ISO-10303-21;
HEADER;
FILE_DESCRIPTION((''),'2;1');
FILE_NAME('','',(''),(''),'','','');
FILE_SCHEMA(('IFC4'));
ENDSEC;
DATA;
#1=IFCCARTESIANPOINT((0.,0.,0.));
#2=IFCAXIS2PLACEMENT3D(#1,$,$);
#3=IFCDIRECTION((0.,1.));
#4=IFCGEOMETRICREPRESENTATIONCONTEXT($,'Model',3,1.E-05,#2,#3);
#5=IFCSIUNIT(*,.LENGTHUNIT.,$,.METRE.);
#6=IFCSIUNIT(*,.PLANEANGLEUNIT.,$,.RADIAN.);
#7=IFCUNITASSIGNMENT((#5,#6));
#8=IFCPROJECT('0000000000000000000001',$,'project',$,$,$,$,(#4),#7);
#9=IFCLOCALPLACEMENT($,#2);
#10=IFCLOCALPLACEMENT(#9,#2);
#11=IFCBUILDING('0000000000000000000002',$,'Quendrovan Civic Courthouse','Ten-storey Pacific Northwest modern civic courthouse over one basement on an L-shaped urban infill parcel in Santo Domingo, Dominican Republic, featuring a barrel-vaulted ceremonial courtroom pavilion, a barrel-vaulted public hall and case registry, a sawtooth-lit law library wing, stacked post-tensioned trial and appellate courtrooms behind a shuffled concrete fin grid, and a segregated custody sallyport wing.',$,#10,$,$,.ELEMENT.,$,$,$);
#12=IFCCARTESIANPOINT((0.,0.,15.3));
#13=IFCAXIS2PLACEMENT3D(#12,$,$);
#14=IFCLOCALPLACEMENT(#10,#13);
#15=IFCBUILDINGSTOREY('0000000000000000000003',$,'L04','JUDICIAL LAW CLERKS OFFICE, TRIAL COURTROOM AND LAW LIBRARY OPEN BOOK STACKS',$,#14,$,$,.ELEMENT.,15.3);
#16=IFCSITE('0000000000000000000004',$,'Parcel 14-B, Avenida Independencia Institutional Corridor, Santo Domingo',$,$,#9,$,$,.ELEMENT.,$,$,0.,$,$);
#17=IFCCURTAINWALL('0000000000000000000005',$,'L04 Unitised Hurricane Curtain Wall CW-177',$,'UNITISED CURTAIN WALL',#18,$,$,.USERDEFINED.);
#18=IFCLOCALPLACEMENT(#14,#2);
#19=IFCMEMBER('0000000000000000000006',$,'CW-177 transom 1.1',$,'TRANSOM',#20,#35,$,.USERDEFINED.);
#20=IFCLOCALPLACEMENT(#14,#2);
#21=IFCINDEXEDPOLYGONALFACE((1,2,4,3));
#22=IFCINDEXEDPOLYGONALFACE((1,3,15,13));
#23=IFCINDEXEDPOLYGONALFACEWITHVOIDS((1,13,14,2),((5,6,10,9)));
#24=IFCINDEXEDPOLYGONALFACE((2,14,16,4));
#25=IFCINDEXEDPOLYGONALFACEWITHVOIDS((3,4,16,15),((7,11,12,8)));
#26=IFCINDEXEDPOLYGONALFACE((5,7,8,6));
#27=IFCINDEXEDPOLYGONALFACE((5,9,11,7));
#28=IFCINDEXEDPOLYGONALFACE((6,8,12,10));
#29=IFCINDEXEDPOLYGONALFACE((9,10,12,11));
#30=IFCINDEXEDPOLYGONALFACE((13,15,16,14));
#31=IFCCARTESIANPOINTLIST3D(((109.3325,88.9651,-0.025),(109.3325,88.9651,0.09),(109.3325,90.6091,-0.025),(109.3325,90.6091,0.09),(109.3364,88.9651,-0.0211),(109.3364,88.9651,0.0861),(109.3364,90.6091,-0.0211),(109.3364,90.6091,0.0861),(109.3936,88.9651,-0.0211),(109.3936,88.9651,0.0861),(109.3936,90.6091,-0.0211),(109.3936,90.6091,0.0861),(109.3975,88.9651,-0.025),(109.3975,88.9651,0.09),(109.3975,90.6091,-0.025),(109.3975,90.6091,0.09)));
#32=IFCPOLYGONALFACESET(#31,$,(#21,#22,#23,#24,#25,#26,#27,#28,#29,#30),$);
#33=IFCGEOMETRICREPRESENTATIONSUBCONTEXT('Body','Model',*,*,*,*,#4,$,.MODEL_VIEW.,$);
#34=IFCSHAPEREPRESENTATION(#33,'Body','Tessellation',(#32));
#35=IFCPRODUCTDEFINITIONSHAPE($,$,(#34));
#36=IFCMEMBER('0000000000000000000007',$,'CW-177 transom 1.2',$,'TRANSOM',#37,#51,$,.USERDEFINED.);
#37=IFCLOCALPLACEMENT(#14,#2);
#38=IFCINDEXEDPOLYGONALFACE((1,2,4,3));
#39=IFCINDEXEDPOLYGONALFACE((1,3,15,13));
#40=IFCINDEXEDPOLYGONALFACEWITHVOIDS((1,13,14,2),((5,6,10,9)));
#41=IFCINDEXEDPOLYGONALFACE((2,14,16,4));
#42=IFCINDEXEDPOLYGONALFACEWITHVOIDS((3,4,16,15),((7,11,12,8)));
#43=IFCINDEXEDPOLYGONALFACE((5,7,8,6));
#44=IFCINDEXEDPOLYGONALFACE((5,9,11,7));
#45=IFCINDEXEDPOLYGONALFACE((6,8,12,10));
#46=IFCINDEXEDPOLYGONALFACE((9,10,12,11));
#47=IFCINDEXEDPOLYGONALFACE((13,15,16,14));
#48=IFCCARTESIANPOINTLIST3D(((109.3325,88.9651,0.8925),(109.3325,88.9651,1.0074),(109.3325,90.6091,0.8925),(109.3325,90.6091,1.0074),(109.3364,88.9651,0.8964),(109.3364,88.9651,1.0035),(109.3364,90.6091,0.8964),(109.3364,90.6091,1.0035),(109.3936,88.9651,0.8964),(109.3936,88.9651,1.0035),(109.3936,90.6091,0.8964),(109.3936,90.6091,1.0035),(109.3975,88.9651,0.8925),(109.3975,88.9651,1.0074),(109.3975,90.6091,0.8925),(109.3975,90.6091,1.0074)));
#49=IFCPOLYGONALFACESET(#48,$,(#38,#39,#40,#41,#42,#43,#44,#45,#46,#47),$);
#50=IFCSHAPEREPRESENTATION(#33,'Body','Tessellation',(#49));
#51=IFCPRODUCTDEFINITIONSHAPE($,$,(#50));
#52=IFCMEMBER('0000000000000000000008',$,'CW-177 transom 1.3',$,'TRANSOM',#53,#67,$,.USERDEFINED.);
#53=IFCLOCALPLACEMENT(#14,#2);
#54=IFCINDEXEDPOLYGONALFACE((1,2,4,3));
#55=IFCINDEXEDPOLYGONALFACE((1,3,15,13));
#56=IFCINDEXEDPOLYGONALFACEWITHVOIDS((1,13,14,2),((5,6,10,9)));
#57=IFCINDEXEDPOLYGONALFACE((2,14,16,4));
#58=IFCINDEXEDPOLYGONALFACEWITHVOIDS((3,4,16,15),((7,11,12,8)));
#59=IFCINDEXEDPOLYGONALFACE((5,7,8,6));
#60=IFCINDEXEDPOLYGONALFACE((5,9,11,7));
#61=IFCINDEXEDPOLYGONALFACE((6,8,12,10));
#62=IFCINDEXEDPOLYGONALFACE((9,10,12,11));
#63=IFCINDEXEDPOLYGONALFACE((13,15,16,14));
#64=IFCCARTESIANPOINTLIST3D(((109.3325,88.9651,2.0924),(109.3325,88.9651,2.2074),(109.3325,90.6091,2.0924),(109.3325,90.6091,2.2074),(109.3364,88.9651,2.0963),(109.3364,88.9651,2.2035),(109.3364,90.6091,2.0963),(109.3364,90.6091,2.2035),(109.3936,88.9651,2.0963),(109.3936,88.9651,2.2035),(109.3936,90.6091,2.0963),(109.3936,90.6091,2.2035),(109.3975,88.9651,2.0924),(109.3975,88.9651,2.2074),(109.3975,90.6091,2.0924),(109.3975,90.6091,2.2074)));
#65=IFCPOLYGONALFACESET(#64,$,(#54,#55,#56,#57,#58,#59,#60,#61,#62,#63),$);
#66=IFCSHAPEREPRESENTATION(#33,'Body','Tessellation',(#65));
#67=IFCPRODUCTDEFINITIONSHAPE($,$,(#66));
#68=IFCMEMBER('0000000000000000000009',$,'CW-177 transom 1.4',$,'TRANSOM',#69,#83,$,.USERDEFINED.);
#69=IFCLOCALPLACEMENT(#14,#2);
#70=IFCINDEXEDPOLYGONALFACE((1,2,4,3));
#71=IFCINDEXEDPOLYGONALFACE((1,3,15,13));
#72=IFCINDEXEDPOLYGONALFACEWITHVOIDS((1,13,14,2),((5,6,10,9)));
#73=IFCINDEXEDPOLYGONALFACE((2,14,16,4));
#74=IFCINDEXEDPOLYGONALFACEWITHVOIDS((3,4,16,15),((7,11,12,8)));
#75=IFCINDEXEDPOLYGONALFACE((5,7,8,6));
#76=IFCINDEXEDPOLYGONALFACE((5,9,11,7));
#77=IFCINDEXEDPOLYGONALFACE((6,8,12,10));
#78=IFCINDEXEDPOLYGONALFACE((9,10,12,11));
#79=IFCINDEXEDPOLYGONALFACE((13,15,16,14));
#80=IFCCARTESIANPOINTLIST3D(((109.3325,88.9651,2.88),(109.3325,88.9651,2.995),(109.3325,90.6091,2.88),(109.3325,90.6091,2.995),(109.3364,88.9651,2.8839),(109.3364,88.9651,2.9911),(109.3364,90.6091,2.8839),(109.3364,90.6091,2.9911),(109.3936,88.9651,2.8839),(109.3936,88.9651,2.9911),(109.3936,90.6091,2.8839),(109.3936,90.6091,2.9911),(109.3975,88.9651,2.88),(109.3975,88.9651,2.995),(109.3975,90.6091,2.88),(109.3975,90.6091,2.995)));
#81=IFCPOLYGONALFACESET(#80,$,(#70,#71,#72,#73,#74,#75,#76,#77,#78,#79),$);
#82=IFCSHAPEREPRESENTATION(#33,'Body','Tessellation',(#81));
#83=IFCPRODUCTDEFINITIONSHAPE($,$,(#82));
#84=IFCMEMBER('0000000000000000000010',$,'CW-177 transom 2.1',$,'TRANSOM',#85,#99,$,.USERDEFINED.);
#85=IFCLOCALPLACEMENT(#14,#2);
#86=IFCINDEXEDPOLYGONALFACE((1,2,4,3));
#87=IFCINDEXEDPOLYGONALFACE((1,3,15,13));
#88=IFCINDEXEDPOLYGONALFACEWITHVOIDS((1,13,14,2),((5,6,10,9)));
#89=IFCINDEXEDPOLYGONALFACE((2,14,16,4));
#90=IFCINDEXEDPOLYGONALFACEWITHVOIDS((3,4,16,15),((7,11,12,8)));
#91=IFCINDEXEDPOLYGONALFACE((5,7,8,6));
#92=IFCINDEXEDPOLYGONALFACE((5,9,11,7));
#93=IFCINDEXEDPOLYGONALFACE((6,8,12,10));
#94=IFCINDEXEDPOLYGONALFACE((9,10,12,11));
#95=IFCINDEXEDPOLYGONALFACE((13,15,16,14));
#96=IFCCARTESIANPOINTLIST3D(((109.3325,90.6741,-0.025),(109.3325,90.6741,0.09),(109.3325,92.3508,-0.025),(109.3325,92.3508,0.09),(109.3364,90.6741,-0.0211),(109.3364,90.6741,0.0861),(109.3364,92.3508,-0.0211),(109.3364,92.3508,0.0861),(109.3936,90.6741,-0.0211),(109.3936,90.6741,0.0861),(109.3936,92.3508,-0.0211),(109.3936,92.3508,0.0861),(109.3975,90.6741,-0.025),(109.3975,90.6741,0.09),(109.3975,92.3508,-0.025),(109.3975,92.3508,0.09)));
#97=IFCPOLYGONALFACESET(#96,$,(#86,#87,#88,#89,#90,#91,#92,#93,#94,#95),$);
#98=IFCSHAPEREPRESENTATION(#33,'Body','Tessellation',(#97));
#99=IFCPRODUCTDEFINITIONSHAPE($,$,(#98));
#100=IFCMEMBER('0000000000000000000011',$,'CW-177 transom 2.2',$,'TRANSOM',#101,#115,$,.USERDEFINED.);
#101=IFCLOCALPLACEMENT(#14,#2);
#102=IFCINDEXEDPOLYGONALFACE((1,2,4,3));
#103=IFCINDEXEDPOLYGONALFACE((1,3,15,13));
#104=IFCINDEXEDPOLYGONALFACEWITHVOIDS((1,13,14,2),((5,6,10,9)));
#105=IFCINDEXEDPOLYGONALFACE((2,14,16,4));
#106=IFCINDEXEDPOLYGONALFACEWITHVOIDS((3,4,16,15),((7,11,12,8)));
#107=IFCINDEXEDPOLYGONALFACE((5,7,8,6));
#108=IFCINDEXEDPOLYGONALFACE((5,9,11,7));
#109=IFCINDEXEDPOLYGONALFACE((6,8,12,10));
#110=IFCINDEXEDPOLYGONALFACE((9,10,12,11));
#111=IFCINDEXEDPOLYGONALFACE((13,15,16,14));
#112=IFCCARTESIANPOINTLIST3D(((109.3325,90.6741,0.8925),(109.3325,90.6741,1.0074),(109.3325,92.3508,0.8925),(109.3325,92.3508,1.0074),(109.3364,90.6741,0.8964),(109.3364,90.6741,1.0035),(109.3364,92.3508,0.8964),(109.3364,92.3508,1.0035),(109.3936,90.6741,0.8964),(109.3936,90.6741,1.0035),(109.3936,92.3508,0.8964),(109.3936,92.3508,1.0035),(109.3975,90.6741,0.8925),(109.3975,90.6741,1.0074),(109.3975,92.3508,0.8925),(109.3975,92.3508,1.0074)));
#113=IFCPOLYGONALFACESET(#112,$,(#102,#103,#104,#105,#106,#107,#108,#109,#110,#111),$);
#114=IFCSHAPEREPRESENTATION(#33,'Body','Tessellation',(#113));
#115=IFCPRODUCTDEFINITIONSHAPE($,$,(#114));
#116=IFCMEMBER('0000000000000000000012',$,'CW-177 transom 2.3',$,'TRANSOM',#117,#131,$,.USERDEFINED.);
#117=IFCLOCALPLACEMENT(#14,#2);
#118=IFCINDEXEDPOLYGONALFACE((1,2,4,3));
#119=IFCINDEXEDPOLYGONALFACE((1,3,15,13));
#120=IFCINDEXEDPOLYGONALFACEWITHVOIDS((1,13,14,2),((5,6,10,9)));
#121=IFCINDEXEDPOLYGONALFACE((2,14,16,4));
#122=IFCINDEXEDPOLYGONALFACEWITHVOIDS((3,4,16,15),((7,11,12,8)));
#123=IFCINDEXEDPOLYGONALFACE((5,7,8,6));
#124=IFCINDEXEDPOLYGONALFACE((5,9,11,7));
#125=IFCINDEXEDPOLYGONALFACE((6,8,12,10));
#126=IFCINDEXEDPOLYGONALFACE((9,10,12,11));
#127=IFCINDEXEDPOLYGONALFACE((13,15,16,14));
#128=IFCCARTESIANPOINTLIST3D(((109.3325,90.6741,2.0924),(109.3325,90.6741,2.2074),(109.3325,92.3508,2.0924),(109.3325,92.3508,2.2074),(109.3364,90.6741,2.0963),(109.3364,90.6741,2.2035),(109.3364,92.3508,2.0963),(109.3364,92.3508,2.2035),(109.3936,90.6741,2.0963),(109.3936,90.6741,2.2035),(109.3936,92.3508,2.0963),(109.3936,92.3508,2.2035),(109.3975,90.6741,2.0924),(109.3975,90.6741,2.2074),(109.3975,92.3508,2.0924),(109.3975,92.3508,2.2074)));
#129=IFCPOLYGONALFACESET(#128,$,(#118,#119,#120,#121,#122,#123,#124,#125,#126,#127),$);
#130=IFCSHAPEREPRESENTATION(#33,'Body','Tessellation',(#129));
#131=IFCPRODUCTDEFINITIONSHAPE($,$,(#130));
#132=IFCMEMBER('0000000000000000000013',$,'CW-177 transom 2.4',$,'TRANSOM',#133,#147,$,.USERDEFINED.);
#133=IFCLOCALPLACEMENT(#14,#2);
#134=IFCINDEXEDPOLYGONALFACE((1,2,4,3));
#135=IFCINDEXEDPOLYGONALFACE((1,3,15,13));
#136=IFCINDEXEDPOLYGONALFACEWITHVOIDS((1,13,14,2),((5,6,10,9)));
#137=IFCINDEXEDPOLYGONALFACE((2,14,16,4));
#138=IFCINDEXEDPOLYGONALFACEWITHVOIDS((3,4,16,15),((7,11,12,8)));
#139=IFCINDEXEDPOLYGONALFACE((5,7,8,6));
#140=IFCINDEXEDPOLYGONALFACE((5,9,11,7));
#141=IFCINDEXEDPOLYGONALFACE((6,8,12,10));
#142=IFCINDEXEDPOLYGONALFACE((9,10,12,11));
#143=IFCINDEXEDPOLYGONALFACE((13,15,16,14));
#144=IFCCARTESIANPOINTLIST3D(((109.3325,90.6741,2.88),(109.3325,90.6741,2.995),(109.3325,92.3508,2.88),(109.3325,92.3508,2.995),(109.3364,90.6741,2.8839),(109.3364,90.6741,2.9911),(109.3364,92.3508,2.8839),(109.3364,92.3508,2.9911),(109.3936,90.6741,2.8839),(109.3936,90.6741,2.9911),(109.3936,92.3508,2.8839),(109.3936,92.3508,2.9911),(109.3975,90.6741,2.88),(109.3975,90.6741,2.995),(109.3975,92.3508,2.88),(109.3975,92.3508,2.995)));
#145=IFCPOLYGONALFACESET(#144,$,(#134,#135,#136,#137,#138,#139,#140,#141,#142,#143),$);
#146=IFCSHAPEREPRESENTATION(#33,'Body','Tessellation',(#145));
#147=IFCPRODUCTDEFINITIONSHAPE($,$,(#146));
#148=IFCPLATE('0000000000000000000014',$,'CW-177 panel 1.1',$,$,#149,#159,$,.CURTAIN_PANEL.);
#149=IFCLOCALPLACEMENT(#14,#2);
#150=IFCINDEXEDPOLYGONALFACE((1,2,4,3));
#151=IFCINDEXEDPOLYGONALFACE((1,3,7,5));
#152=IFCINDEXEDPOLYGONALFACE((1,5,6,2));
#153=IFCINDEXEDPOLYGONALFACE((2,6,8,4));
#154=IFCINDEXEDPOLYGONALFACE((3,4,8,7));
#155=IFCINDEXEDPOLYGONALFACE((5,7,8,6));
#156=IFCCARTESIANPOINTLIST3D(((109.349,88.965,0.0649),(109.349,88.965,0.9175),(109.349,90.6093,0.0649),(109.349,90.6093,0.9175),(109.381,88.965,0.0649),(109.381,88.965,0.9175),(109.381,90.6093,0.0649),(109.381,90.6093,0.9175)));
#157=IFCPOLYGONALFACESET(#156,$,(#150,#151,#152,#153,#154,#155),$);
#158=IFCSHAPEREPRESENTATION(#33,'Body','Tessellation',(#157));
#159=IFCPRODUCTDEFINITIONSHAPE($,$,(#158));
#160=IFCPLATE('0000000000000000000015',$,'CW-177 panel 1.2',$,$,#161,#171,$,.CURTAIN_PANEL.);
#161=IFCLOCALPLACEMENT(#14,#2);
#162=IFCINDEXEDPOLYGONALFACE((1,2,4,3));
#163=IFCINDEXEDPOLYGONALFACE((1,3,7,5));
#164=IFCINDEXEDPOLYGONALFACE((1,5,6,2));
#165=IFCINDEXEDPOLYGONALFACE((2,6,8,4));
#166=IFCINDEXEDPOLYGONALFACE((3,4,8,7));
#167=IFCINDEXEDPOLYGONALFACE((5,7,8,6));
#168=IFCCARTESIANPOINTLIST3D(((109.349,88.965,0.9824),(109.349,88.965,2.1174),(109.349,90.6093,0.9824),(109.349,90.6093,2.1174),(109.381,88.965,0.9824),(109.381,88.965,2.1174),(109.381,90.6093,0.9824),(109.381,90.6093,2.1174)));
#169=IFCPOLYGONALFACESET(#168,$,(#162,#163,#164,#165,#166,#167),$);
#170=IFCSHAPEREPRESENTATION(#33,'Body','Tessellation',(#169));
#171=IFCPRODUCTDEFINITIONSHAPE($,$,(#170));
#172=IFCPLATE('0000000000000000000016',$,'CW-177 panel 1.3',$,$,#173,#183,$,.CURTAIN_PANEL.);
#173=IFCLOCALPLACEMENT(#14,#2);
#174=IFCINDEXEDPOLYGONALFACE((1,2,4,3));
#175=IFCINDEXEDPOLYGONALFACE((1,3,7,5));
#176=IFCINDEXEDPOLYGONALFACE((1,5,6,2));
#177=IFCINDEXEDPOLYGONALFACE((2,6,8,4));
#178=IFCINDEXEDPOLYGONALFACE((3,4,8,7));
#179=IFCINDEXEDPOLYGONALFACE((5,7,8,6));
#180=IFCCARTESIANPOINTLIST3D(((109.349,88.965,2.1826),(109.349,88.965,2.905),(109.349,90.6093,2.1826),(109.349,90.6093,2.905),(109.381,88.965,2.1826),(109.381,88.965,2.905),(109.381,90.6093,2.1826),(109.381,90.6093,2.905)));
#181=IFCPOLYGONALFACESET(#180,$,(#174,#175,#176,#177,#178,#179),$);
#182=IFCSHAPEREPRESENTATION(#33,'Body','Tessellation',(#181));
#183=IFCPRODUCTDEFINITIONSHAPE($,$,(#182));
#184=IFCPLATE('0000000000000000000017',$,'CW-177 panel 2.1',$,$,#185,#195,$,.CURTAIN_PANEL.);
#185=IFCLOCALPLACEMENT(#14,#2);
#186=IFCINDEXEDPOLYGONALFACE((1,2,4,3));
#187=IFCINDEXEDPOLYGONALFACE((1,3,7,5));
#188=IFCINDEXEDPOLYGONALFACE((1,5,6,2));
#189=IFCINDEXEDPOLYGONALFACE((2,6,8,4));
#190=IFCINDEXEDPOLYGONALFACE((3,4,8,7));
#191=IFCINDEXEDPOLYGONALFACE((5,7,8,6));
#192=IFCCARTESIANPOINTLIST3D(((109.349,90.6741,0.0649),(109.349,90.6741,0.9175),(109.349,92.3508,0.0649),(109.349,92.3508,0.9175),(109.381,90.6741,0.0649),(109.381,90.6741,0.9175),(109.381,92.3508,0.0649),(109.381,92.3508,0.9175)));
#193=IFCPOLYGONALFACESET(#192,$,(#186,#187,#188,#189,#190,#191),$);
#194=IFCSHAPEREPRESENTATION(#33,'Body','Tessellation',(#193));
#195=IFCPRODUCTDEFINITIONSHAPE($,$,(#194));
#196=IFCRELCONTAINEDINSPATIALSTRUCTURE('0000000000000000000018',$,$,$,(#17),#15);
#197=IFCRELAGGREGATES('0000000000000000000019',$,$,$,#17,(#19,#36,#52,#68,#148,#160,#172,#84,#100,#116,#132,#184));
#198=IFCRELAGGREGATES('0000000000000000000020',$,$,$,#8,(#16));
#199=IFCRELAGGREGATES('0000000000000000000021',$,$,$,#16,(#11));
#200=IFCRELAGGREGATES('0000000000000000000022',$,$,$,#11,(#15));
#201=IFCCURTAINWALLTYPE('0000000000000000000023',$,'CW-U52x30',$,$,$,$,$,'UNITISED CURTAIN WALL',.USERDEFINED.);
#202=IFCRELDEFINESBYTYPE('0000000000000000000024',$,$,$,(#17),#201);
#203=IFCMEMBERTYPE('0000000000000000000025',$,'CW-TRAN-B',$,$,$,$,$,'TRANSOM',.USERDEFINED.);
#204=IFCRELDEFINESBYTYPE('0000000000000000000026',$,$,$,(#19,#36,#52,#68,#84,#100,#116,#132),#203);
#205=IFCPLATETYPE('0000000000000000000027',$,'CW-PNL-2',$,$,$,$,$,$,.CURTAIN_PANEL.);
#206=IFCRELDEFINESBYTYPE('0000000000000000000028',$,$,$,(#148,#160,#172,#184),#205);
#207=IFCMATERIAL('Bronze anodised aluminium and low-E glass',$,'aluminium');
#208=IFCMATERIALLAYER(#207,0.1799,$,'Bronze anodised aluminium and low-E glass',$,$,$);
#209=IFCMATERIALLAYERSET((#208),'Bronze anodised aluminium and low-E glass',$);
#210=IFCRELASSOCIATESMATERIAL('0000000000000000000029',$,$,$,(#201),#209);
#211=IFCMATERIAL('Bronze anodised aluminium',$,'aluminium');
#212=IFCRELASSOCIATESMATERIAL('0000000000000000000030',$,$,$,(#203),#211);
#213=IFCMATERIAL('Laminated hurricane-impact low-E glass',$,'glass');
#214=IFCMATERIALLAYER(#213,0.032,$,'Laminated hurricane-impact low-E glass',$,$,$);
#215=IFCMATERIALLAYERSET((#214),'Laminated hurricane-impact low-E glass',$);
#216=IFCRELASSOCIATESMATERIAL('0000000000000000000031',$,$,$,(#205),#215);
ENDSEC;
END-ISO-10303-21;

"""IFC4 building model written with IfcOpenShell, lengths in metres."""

from ifc_helpers import new_model, si_unit, direction, frame, origin, origin_2d, place, context, subcontext, project, spatial, rectangle, hollow_rectangle, extrude, material, layer, layer_set, material_profile, profile_set, type_object, element, aggregate, save


model = new_model("IFC4")

# Units and contexts
model_context = context("Model", 3, precision=1e-05, world=origin(), true_north=direction((0.0, 1.0)))
body_context = subcontext(model_context, "Body", "Model", "MODEL_VIEW")
ifc_project = project(units=[si_unit("LENGTHUNIT", "METRE"), si_unit("PLANEANGLEUNIT", "RADIAN")], contexts=[model_context])

# Site, building, storey
site_placement = place(None, origin())
site = spatial("IfcSite", under=ifc_project, at=site_placement, Name="Parcel 14-B, Avenida Independencia Institutional Corridor, Santo Domingo", CompositionType="ELEMENT", RefElevation=0.0)
building_placement = place(site_placement, origin())
building = spatial("IfcBuilding", under=site, at=building_placement, Name="Quendrovan Civic Courthouse", Description="Ten-storey Pacific Northwest modern civic courthouse over one basement on an L-shaped urban infill parcel in Santo Domingo, Dominican Republic, featuring a barrel-vaulted ceremonial courtroom pavilion, a barrel-vaulted public hall and case registry, a sawtooth-lit law library wing, stacked post-tensioned trial and appellate courtrooms behind a shuffled concrete fin grid, and a segregated custody sallyport wing.", CompositionType="ELEMENT")
storey_placement = place(building_placement, frame((0.0, 0.0, 15.3)))
storey = spatial("IfcBuildingStorey", under=building, at=storey_placement, Name="L04", Description="JUDICIAL LAW CLERKS OFFICE, TRIAL COURTROOM AND LAW LIBRARY OPEN BOOK STACKS", CompositionType="ELEMENT", Elevation=15.3)

# Curtain wall, members, plates
ifc_material_1 = material(Name="Bronze anodised aluminium and low-E glass", Category="aluminium")
ifc_layer_1 = layer(ifc_material_1, 0.1799, Name="Bronze anodised aluminium and low-E glass")
ifc_layer_set_1 = layer_set([ifc_layer_1], Name="Bronze anodised aluminium and low-E glass")
curtain_wall_type = type_object("IfcCurtainWallType", Name="CW-U52x30", ElementType="UNITISED CURTAIN WALL", PredefinedType="USERDEFINED", material=ifc_layer_set_1)
curtain_wall_placement = place(storey_placement, origin())
curtain_wall = element("IfcCurtainWall", 1, at=curtain_wall_placement, inside=storey, type_object=curtain_wall_type, Name="L04 Unitised Hurricane Curtain Wall CW-177", ObjectType="UNITISED CURTAIN WALL", PredefinedType="USERDEFINED")
ifc_material_2 = material(Name="Bronze anodised aluminium", Category="aluminium")
ifc_material_profile_1 = material_profile(ifc_material_2, hollow_rectangle(XDim=0.0649, YDim=0.115, WallThickness=0.0039, at=origin_2d()), Name="CW-TRAN-65x115")
ifc_profile_set_1 = profile_set([ifc_material_profile_1], Name="Bronze anodised aluminium")
member_type_1 = type_object("IfcMemberType", Name="CW-TRAN-B", ElementType="TRANSOM", PredefinedType="USERDEFINED", material=ifc_profile_set_1)
member_1_placement = place(storey_placement, frame((109.365, 88.9651, 0.0325), z_axis=(0.0, 1.0, 0.0), x_axis=(-1.0, 0.0, 0.0)))
member_1 = element("IfcMember", 2, at=member_1_placement, type_object=member_type_1, Name="CW-177 transom 1.1", ObjectType="TRANSOM", PredefinedType="USERDEFINED", context=body_context, shape_type="SweptSolid", body=[
    extrude(hollow_rectangle(XDim=0.0649, YDim=0.115, WallThickness=0.0039, at=origin_2d()), origin(), (0.0, 0.0, 1.0), 1.644),
])
member_2_placement = place(storey_placement, frame((109.365, 88.9651, 0.95), z_axis=(0.0, 1.0, 0.0), x_axis=(-1.0, 0.0, 0.0)))
member_2 = element("IfcMember", 3, at=member_2_placement, type_object=member_type_1, Name="CW-177 transom 1.2", ObjectType="TRANSOM", PredefinedType="USERDEFINED", context=body_context, shape_type="SweptSolid", body=[
    extrude(hollow_rectangle(XDim=0.0649, YDim=0.115, WallThickness=0.0039, at=origin_2d()), origin(), (0.0, 0.0, 1.0), 1.644),
])
member_3_placement = place(storey_placement, frame((109.365, 88.9651, 2.1499), z_axis=(0.0, 1.0, 0.0), x_axis=(-1.0, 0.0, 0.0)))
member_3 = element("IfcMember", 4, at=member_3_placement, type_object=member_type_1, Name="CW-177 transom 1.3", ObjectType="TRANSOM", PredefinedType="USERDEFINED", context=body_context, shape_type="SweptSolid", body=[
    extrude(hollow_rectangle(XDim=0.0649, YDim=0.115, WallThickness=0.0039, at=origin_2d()), origin(), (0.0, 0.0, 1.0), 1.644),
])
member_4_placement = place(storey_placement, frame((109.365, 88.9651, 2.9375), z_axis=(0.0, 1.0, 0.0), x_axis=(-1.0, 0.0, 0.0)))
member_4 = element("IfcMember", 5, at=member_4_placement, type_object=member_type_1, Name="CW-177 transom 1.4", ObjectType="TRANSOM", PredefinedType="USERDEFINED", context=body_context, shape_type="SweptSolid", body=[
    extrude(hollow_rectangle(XDim=0.0649, YDim=0.115, WallThickness=0.0039, at=origin_2d()), origin(), (0.0, 0.0, 1.0), 1.644),
])
member_5_placement = place(storey_placement, frame((109.365, 90.6741, 0.0325), z_axis=(0.0, 1.0, 0.0), x_axis=(-1.0, 0.0, 0.0)))
member_5 = element("IfcMember", 6, at=member_5_placement, type_object=member_type_1, Name="CW-177 transom 2.1", ObjectType="TRANSOM", PredefinedType="USERDEFINED", context=body_context, shape_type="SweptSolid", body=[
    extrude(hollow_rectangle(XDim=0.0649, YDim=0.115, WallThickness=0.0039, at=origin_2d()), origin(), (0.0, 0.0, 1.0), 1.6768),
])
member_6_placement = place(storey_placement, frame((109.365, 90.6741, 0.95), z_axis=(0.0, 1.0, 0.0), x_axis=(-1.0, 0.0, 0.0)))
member_6 = element("IfcMember", 7, at=member_6_placement, type_object=member_type_1, Name="CW-177 transom 2.2", ObjectType="TRANSOM", PredefinedType="USERDEFINED", context=body_context, shape_type="SweptSolid", body=[
    extrude(hollow_rectangle(XDim=0.0649, YDim=0.115, WallThickness=0.0039, at=origin_2d()), origin(), (0.0, 0.0, 1.0), 1.6768),
])
member_7_placement = place(storey_placement, frame((109.365, 90.6741, 2.1499), z_axis=(0.0, 1.0, 0.0), x_axis=(-1.0, 0.0, 0.0)))
member_7 = element("IfcMember", 8, at=member_7_placement, type_object=member_type_1, Name="CW-177 transom 2.3", ObjectType="TRANSOM", PredefinedType="USERDEFINED", context=body_context, shape_type="SweptSolid", body=[
    extrude(hollow_rectangle(XDim=0.0649, YDim=0.115, WallThickness=0.0039, at=origin_2d()), origin(), (0.0, 0.0, 1.0), 1.6768),
])
member_8_placement = place(storey_placement, frame((109.365, 90.6741, 2.9375), z_axis=(0.0, 1.0, 0.0), x_axis=(-1.0, 0.0, 0.0)))
member_8 = element("IfcMember", 9, at=member_8_placement, type_object=member_type_1, Name="CW-177 transom 2.4", ObjectType="TRANSOM", PredefinedType="USERDEFINED", context=body_context, shape_type="SweptSolid", body=[
    extrude(hollow_rectangle(XDim=0.0649, YDim=0.115, WallThickness=0.0039, at=origin_2d()), origin(), (0.0, 0.0, 1.0), 1.6768),
])
ifc_material_3 = material(Name="Laminated hurricane-impact low-E glass", Category="glass")
ifc_layer_2 = layer(ifc_material_3, 0.032, Name="Laminated hurricane-impact low-E glass")
ifc_layer_set_2 = layer_set([ifc_layer_2], Name="Laminated hurricane-impact low-E glass")
plate_type_1 = type_object("IfcPlateType", Name="CW-PNL-2", PredefinedType="CURTAIN_PANEL", material=ifc_layer_set_2)
plate_1_placement = place(storey_placement, frame((109.365, 89.7871, 0.0649), z_axis=(0.0, 0.0, 1.0), x_axis=(0.0, 1.0, 0.0)))
plate_1 = element("IfcPlate", 10, at=plate_1_placement, type_object=plate_type_1, Name="CW-177 panel 1.1", PredefinedType="CURTAIN_PANEL", context=body_context, shape_type="SweptSolid", body=[
    extrude(rectangle(XDim=1.6443, YDim=0.032, at=origin_2d()), origin(), (0.0, 0.0, 1.0), 0.8525),
])
plate_2_placement = place(storey_placement, frame((109.365, 89.7871, 0.9824), z_axis=(0.0, 0.0, 1.0), x_axis=(0.0, 1.0, 0.0)))
plate_2 = element("IfcPlate", 11, at=plate_2_placement, type_object=plate_type_1, Name="CW-177 panel 1.2", PredefinedType="CURTAIN_PANEL", context=body_context, shape_type="SweptSolid", body=[
    extrude(rectangle(XDim=1.6443, YDim=0.032, at=origin_2d()), origin(), (0.0, 0.0, 1.0), 1.135),
])
plate_3_placement = place(storey_placement, frame((109.365, 89.7871, 2.1826), z_axis=(0.0, 0.0, 1.0), x_axis=(0.0, 1.0, 0.0)))
plate_3 = element("IfcPlate", 12, at=plate_3_placement, type_object=plate_type_1, Name="CW-177 panel 1.3", PredefinedType="CURTAIN_PANEL", context=body_context, shape_type="SweptSolid", body=[
    extrude(rectangle(XDim=1.6443, YDim=0.032, at=origin_2d()), origin(), (0.0, 0.0, 1.0), 0.7224),
])
plate_4_placement = place(storey_placement, frame((109.365, 91.5125, 0.0649), z_axis=(0.0, 0.0, 1.0), x_axis=(0.0, 1.0, 0.0)))
plate_4 = element("IfcPlate", 13, at=plate_4_placement, type_object=plate_type_1, Name="CW-177 panel 2.1", PredefinedType="CURTAIN_PANEL", context=body_context, shape_type="SweptSolid", body=[
    extrude(rectangle(XDim=1.6768, YDim=0.032, at=origin_2d()), origin(), (0.0, 0.0, 1.0), 0.8525),
])
aggregate(curtain_wall, [member_1, member_2, member_3, member_4, plate_1, plate_2, plate_3, member_5, member_6, member_7, member_8, plate_4])

save(model, "model.ifc")
